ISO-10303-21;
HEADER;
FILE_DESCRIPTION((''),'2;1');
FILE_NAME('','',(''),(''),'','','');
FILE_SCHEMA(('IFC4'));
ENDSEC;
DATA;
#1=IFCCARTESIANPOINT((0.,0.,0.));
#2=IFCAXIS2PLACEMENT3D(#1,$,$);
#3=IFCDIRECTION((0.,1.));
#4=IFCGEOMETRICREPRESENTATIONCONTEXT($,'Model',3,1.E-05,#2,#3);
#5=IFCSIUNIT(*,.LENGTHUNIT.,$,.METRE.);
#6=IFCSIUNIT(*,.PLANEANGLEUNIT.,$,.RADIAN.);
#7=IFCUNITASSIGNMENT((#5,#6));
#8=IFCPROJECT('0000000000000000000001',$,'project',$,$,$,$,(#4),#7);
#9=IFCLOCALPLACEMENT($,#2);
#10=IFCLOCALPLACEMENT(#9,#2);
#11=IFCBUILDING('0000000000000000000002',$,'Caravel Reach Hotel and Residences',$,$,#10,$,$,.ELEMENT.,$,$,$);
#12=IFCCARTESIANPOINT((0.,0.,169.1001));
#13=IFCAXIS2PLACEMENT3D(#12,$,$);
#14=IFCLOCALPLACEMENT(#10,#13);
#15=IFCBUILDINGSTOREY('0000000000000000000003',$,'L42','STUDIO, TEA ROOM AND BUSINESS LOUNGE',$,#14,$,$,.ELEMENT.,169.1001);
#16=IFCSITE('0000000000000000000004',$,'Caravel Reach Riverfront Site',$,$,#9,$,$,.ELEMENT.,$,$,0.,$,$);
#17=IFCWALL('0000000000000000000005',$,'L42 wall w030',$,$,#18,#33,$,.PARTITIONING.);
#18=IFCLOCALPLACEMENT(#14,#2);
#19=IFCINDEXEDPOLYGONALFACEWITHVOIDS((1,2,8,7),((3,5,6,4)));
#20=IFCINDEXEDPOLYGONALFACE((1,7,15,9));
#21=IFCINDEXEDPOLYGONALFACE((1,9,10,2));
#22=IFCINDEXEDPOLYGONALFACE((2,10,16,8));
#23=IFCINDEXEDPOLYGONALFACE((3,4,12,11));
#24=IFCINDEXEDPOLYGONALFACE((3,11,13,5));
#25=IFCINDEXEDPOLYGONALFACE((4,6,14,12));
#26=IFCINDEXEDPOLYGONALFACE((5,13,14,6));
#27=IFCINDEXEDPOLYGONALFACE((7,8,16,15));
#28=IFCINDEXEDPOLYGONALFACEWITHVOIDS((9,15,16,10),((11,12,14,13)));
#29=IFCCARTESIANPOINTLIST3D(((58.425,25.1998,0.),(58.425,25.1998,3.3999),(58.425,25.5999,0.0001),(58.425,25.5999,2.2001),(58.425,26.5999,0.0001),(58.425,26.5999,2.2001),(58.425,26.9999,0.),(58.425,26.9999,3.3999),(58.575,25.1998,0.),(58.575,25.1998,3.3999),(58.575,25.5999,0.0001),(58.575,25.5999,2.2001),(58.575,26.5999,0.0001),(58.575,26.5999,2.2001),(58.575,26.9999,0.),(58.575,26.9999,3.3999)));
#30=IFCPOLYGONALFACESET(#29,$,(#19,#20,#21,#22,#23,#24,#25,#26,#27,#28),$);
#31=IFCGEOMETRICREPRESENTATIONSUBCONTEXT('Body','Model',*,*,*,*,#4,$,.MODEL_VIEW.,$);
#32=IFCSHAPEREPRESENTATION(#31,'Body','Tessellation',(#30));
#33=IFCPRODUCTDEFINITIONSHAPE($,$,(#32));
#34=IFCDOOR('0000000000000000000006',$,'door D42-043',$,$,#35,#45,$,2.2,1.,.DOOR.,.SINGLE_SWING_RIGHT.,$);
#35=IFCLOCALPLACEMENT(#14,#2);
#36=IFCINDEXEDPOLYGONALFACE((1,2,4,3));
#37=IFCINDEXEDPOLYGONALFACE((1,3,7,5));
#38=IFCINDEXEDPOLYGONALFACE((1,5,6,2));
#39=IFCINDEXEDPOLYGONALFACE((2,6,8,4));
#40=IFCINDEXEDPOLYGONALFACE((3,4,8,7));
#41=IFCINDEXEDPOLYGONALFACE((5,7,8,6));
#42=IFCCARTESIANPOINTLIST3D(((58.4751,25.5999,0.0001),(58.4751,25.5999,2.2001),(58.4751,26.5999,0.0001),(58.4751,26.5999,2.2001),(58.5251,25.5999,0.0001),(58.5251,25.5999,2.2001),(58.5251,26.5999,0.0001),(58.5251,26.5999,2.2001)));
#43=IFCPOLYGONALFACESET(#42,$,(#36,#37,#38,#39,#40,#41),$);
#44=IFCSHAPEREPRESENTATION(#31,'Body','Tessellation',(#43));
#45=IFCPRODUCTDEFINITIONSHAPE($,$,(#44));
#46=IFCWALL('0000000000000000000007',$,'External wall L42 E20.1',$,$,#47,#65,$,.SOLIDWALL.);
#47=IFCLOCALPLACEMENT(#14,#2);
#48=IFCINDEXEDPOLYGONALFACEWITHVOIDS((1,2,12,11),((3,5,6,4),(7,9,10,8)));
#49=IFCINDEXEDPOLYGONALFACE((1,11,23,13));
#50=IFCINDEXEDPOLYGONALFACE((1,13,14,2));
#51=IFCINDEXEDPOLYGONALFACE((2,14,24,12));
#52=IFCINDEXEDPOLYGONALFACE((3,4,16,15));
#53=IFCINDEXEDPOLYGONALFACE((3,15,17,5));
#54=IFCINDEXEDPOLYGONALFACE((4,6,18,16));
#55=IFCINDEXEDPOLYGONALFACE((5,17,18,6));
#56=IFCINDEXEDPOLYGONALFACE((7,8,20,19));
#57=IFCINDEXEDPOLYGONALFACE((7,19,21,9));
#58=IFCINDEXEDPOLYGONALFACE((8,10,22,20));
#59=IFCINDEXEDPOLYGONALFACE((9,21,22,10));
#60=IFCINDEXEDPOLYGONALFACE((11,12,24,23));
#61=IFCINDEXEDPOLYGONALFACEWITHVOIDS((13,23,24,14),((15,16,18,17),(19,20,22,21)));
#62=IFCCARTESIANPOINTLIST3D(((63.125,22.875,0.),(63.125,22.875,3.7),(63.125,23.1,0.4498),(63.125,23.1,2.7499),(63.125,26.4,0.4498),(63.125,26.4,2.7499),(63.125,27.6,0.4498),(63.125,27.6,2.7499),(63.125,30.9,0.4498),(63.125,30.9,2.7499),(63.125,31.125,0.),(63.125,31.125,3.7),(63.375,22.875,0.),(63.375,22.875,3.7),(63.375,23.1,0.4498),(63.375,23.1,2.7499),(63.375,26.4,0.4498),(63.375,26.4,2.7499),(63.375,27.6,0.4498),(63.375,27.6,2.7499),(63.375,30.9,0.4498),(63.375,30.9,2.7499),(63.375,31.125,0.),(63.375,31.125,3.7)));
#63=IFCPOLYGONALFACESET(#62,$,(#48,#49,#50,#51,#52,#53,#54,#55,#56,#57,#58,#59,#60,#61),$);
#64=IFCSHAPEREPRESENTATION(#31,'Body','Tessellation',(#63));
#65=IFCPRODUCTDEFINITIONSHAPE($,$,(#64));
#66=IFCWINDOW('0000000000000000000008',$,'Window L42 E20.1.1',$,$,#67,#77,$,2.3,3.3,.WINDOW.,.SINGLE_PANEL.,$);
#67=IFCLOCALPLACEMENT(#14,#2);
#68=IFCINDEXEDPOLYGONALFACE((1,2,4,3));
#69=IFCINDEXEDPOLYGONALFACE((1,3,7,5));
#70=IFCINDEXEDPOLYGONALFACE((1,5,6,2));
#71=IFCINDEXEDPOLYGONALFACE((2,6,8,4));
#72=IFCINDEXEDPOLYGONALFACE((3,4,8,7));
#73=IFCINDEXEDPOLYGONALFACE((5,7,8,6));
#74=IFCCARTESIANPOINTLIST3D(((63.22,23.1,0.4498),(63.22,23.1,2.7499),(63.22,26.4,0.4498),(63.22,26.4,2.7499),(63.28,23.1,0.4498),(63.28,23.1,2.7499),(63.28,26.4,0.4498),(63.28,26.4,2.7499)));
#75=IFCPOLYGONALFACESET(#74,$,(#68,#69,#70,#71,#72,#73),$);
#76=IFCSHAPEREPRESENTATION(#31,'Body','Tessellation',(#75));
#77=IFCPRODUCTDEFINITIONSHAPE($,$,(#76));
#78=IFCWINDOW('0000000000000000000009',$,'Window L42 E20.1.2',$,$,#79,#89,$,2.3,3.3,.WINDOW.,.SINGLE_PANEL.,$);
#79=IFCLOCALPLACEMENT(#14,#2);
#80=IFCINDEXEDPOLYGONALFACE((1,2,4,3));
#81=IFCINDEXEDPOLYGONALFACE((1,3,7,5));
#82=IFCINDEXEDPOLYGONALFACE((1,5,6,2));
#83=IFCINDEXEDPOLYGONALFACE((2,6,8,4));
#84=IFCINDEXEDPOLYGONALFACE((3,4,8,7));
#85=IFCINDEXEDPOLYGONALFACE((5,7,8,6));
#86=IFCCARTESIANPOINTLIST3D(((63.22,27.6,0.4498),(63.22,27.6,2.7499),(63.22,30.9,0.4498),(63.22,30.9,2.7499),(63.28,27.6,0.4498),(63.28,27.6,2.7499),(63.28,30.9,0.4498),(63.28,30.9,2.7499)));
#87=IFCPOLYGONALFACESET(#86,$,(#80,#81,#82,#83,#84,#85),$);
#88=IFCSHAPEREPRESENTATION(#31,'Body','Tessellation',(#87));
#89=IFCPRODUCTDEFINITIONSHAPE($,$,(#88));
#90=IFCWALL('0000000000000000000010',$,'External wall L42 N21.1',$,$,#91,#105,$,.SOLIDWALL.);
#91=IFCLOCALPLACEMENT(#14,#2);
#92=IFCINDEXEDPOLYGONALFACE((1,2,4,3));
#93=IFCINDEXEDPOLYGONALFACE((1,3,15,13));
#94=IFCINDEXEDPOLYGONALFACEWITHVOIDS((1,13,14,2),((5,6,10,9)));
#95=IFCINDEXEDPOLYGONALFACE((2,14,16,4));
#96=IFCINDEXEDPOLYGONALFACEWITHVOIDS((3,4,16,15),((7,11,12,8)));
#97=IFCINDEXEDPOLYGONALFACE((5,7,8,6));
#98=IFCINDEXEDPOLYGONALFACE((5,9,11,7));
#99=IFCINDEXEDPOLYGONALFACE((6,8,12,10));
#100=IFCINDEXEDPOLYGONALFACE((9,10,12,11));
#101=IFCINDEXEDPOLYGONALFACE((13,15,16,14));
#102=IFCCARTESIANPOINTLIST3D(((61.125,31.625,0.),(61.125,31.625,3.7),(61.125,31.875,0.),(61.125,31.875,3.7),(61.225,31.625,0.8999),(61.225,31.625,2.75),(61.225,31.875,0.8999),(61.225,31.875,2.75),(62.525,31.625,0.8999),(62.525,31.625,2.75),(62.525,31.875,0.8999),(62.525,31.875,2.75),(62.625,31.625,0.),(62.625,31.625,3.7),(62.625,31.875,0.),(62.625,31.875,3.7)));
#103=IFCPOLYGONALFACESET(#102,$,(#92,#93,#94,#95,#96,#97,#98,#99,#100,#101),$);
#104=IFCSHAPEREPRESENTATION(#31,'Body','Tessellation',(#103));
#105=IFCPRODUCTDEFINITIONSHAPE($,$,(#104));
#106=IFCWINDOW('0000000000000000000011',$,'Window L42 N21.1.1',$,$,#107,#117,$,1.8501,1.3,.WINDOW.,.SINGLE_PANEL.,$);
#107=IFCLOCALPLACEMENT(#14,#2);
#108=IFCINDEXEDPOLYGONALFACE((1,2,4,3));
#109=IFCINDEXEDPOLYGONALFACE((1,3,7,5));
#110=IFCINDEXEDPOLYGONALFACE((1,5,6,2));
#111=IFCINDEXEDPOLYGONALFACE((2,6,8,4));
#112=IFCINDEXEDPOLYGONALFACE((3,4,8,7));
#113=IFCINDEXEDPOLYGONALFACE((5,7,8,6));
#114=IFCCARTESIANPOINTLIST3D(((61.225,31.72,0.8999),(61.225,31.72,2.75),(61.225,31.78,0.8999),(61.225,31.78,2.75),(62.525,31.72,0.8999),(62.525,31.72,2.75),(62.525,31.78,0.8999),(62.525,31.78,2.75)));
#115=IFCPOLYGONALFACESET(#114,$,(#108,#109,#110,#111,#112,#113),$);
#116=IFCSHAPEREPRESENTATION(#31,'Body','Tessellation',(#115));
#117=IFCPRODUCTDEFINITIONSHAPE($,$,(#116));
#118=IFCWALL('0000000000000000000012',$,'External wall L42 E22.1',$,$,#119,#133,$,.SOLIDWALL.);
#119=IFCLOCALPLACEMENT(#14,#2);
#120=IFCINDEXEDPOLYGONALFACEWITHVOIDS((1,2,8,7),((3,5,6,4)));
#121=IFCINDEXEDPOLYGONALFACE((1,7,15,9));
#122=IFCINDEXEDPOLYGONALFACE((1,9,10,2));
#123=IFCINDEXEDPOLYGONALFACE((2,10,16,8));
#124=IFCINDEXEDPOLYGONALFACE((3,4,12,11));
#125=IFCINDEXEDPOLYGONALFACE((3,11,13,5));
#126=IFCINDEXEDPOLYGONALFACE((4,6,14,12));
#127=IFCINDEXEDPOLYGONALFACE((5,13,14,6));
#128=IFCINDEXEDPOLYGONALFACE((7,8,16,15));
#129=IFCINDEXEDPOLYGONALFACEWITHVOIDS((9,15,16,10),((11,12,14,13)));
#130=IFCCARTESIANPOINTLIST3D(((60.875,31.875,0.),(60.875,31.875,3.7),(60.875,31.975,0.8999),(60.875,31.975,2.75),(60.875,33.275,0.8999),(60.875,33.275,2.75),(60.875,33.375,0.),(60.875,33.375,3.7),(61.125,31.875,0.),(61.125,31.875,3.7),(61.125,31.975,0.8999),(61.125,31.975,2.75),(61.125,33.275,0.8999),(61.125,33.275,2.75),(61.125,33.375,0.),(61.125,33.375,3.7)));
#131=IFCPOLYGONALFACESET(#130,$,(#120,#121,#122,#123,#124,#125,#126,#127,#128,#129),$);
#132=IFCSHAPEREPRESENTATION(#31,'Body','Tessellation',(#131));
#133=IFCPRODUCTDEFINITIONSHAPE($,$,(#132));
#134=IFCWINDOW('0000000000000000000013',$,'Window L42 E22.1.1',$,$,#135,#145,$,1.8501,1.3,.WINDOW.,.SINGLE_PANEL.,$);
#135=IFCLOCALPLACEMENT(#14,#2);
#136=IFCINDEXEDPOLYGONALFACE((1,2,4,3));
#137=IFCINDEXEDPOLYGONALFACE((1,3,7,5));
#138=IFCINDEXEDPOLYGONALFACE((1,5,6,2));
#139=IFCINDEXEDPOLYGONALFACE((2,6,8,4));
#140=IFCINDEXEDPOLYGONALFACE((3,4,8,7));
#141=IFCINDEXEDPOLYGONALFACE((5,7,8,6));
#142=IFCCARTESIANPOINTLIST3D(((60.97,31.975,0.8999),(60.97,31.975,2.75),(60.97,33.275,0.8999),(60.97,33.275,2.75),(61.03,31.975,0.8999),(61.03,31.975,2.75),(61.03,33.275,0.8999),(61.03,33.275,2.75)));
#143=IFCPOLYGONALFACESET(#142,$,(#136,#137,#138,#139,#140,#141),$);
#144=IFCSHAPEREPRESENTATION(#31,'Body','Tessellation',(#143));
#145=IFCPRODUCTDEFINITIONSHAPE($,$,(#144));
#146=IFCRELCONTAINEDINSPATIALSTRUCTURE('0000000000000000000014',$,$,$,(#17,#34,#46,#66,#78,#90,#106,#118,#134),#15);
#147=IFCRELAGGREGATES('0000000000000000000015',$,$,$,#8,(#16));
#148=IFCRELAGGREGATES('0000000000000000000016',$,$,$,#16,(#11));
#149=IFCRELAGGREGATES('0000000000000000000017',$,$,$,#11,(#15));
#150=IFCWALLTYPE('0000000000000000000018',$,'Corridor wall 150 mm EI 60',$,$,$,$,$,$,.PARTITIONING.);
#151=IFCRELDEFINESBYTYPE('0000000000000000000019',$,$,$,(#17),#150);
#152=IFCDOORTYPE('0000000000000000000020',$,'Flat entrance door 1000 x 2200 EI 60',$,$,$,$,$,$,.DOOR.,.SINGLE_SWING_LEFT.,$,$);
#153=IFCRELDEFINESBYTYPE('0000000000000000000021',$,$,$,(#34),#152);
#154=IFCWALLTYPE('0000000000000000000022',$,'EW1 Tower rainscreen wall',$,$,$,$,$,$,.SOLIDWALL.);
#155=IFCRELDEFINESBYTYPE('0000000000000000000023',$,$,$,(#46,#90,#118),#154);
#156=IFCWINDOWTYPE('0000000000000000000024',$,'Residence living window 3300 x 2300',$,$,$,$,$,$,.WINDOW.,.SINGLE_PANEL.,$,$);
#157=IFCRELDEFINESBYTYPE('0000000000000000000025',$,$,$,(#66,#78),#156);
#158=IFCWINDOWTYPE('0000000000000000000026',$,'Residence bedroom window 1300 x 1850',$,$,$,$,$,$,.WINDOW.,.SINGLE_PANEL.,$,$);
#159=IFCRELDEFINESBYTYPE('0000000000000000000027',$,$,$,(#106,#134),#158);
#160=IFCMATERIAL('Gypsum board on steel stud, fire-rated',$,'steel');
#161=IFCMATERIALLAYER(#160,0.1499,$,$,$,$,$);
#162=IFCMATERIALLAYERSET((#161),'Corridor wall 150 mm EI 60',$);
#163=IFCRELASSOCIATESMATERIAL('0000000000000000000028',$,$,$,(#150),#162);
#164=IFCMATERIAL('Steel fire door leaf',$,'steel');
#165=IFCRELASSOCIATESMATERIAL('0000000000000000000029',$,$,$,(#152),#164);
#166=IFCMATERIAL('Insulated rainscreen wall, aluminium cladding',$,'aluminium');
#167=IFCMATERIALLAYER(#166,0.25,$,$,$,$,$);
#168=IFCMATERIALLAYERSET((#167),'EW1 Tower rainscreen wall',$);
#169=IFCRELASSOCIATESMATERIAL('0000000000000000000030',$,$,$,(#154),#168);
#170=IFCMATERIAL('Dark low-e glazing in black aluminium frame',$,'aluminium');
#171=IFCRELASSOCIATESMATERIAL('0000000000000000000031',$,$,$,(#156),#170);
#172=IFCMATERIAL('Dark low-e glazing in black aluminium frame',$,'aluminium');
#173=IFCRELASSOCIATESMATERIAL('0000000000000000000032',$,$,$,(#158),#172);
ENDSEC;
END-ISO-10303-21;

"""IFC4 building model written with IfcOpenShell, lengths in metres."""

from ifc_helpers import new_model, si_unit, direction, frame, frame_2d, origin, place, context, subcontext, project, spatial, rectangle, extrude, material, layer, layer_set, type_object, element, fill, save


model = new_model("IFC4")

# Units and contexts
model_context = context("Model", 3, precision=1e-05, world=origin(), true_north=direction((0.0, 1.0)))
body_context = subcontext(model_context, "Body", "Model", "MODEL_VIEW")
ifc_project = project(units=[si_unit("LENGTHUNIT", "METRE"), si_unit("PLANEANGLEUNIT", "RADIAN")], contexts=[model_context])

# Site, building, storey
site_placement = place(None, origin())
site = spatial("IfcSite", under=ifc_project, at=site_placement, Name="Caravel Reach Riverfront Site", CompositionType="ELEMENT", RefElevation=0.0)
building_placement = place(site_placement, origin())
building = spatial("IfcBuilding", under=site, at=building_placement, Name="Caravel Reach Hotel and Residences", CompositionType="ELEMENT")
storey_placement = place(building_placement, frame((0.0, 0.0, 169.1001)))
storey = spatial("IfcBuildingStorey", under=building, at=storey_placement, Name="L42", Description="STUDIO, TEA ROOM AND BUSINESS LOUNGE", CompositionType="ELEMENT", Elevation=169.1001)

# Wall, opening, door
ifc_material_1 = material(Name="Gypsum board on steel stud, fire-rated", Category="steel")
ifc_layer_1 = layer(ifc_material_1, 0.1499)
ifc_layer_set_1 = layer_set([ifc_layer_1], Name="Corridor wall 150 mm EI 60")
wall_type_1 = type_object("IfcWallType", Name="Corridor wall 150 mm EI 60", PredefinedType="PARTITIONING", material=ifc_layer_set_1)
wall_1_placement = place(storey_placement, frame((58.5, 25.2, 0.0), z_axis=(0.0, 0.0, 1.0), x_axis=(0.0, 1.0, 0.0)))
wall_1 = element("IfcWall", 1, at=wall_1_placement, inside=storey, type_object=wall_type_1, Name="L42 wall w030", PredefinedType="PARTITIONING", context=body_context, shape_type="SweptSolid", body=[
    extrude(rectangle(XDim=1.8, YDim=0.1499, at=frame_2d((0.8999, 0.0))), origin(), (0.0, 0.0, 1.0), 3.3999),
])
opening_1_placement = place(wall_1_placement, frame((0.3999, 0.0, 0.0)))
opening_1 = element("IfcOpeningElement", 2, at=opening_1_placement, cuts=wall_1, PredefinedType="OPENING", context=body_context, shape_type="SweptSolid", body=[
    extrude(rectangle(XDim=1.0, YDim=2.2, at=frame_2d((0.5, 1.1001))), frame((0.0, 0.085, 0.0), z_axis=(0.0, -1.0, 0.0), x_axis=(1.0, 0.0, 0.0)), (0.0, 0.0, 1.0), 0.1699),
])
ifc_material_2 = material(Name="Steel fire door leaf", Category="steel")
door_type_1 = type_object("IfcDoorType", Name="Flat entrance door 1000 x 2200 EI 60", OperationType="SINGLE_SWING_LEFT", PredefinedType="DOOR", material=ifc_material_2)
door_1_placement = place(opening_1_placement, origin())
door_1 = element("IfcDoor", 3, at=door_1_placement, inside=storey, type_object=door_type_1, Name="door D42-043", OperationType="SINGLE_SWING_RIGHT", OverallHeight=2.2, OverallWidth=1.0, PredefinedType="DOOR", context=body_context, shape_type="SweptSolid", body=[
    extrude(rectangle(XDim=1.0, YDim=2.2, at=frame_2d((0.5, 1.1001))), frame((0.0, 0.0249, 0.0), z_axis=(0.0, -1.0, 0.0), x_axis=(1.0, 0.0, 0.0)), (0.0, 0.0, 1.0), 0.05),
])
fill(opening_1, door_1)

# Wall, openings, windows
ifc_material_3 = material(Name="Insulated rainscreen wall, aluminium cladding", Category="aluminium")
ifc_layer_2 = layer(ifc_material_3, 0.25)
ifc_layer_set_2 = layer_set([ifc_layer_2], Name="EW1 Tower rainscreen wall")
wall_type_2 = type_object("IfcWallType", Name="EW1 Tower rainscreen wall", PredefinedType="SOLIDWALL", material=ifc_layer_set_2)
wall_2_placement = place(storey_placement, frame((63.25, 22.875, 0.0), z_axis=(0.0, 0.0, 1.0), x_axis=(0.0, 1.0, 0.0)))
wall_2 = element("IfcWall", 4, at=wall_2_placement, inside=storey, type_object=wall_type_2, Name="External wall L42 E20.1", PredefinedType="SOLIDWALL", context=body_context, shape_type="SweptSolid", body=[
    extrude(rectangle(XDim=8.25, YDim=0.25, at=frame_2d((4.125, 0.0))), origin(), (0.0, 0.0, 1.0), 3.7),
])
opening_2_placement = place(wall_2_placement, frame((0.2251, 0.0, 0.45)))
opening_2 = element("IfcOpeningElement", 5, at=opening_2_placement, cuts=wall_2, PredefinedType="OPENING", context=body_context, shape_type="SweptSolid", body=[
    extrude(rectangle(XDim=3.3, YDim=2.3, at=frame_2d((1.6499, 1.1499))), frame((0.0, 0.135, 0.0), z_axis=(0.0, -1.0, 0.0), x_axis=(1.0, 0.0, 0.0)), (0.0, 0.0, 1.0), 0.27),
])
opening_3_placement = place(wall_2_placement, frame((4.7251, 0.0, 0.45)))
opening_3 = element("IfcOpeningElement", 6, at=opening_3_placement, cuts=wall_2, PredefinedType="OPENING", context=body_context, shape_type="SweptSolid", body=[
    extrude(rectangle(XDim=3.3, YDim=2.3, at=frame_2d((1.6499, 1.1499))), frame((0.0, 0.135, 0.0), z_axis=(0.0, -1.0, 0.0), x_axis=(1.0, 0.0, 0.0)), (0.0, 0.0, 1.0), 0.27),
])
ifc_material_4 = material(Name="Dark low-e glazing in black aluminium frame", Category="aluminium")
window_type_1 = type_object("IfcWindowType", Name="Residence living window 3300 x 2300", PartitioningType="SINGLE_PANEL", PredefinedType="WINDOW", material=ifc_material_4)
window_1_placement = place(opening_2_placement, origin())
window_1 = element("IfcWindow", 7, at=window_1_placement, inside=storey, type_object=window_type_1, Name="Window L42 E20.1.1", OverallHeight=2.3, OverallWidth=3.3, PartitioningType="SINGLE_PANEL", PredefinedType="WINDOW", context=body_context, shape_type="SweptSolid", body=[
    extrude(rectangle(XDim=3.3, YDim=2.3, at=frame_2d((1.6499, 1.1499))), frame((0.0, 0.03, 0.0), z_axis=(0.0, -1.0, 0.0), x_axis=(1.0, 0.0, 0.0)), (0.0, 0.0, 1.0), 0.0601),
])
fill(opening_2, window_1)
window_2_placement = place(opening_3_placement, origin())
window_2 = element("IfcWindow", 8, at=window_2_placement, inside=storey, type_object=window_type_1, Name="Window L42 E20.1.2", OverallHeight=2.3, OverallWidth=3.3, PartitioningType="SINGLE_PANEL", PredefinedType="WINDOW", context=body_context, shape_type="SweptSolid", body=[
    extrude(rectangle(XDim=3.3, YDim=2.3, at=frame_2d((1.6499, 1.1499))), frame((0.0, 0.03, 0.0), z_axis=(0.0, -1.0, 0.0), x_axis=(1.0, 0.0, 0.0)), (0.0, 0.0, 1.0), 0.0601),
])
fill(opening_3, window_2)

# Walls, openings, windows
wall_3_placement = place(storey_placement, frame((62.625, 31.75, 0.0), z_axis=(0.0, 0.0, 1.0), x_axis=(-1.0, 0.0, 0.0)))
wall_3 = element("IfcWall", 9, at=wall_3_placement, inside=storey, type_object=wall_type_2, Name="External wall L42 N21.1", PredefinedType="SOLIDWALL", context=body_context, shape_type="SweptSolid", body=[
    extrude(rectangle(XDim=1.5, YDim=0.25, at=frame_2d((0.75, 0.0))), origin(), (0.0, 0.0, 1.0), 3.7),
])
opening_4_placement = place(wall_3_placement, frame((0.1001, 0.0, 0.8999)))
opening_4 = element("IfcOpeningElement", 10, at=opening_4_placement, cuts=wall_3, PredefinedType="OPENING", context=body_context, shape_type="SweptSolid", body=[
    extrude(rectangle(XDim=1.3, YDim=1.8501, at=frame_2d((0.6499, 0.925))), frame((0.0, 0.135, 0.0), z_axis=(0.0, -1.0, 0.0), x_axis=(1.0, 0.0, 0.0)), (0.0, 0.0, 1.0), 0.27),
])
ifc_material_5 = material(Name="Dark low-e glazing in black aluminium frame", Category="aluminium")
window_type_2 = type_object("IfcWindowType", Name="Residence bedroom window 1300 x 1850", PartitioningType="SINGLE_PANEL", PredefinedType="WINDOW", material=ifc_material_5)
window_3_placement = place(opening_4_placement, origin())
window_3 = element("IfcWindow", 11, at=window_3_placement, inside=storey, type_object=window_type_2, Name="Window L42 N21.1.1", OverallHeight=1.8501, OverallWidth=1.3, PartitioningType="SINGLE_PANEL", PredefinedType="WINDOW", context=body_context, shape_type="SweptSolid", body=[
    extrude(rectangle(XDim=1.3, YDim=1.8501, at=frame_2d((0.6499, 0.925))), frame((0.0, 0.03, 0.0), z_axis=(0.0, -1.0, 0.0), x_axis=(1.0, 0.0, 0.0)), (0.0, 0.0, 1.0), 0.0601),
])
fill(opening_4, window_3)
wall_4_placement = place(storey_placement, frame((61.0, 31.875, 0.0), z_axis=(0.0, 0.0, 1.0), x_axis=(0.0, 1.0, 0.0)))
wall_4 = element("IfcWall", 12, at=wall_4_placement, inside=storey, type_object=wall_type_2, Name="External wall L42 E22.1", PredefinedType="SOLIDWALL", context=body_context, shape_type="SweptSolid", body=[
    extrude(rectangle(XDim=1.5, YDim=0.25, at=frame_2d((0.75, 0.0))), origin(), (0.0, 0.0, 1.0), 3.7),
])
opening_5_placement = place(wall_4_placement, frame((0.1001, 0.0, 0.8999)))
opening_5 = element("IfcOpeningElement", 13, at=opening_5_placement, cuts=wall_4, PredefinedType="OPENING", context=body_context, shape_type="SweptSolid", body=[
    extrude(rectangle(XDim=1.3, YDim=1.8501, at=frame_2d((0.6499, 0.925))), frame((0.0, 0.135, 0.0), z_axis=(0.0, -1.0, 0.0), x_axis=(1.0, 0.0, 0.0)), (0.0, 0.0, 1.0), 0.27),
])
window_4_placement = place(opening_5_placement, origin())
window_4 = element("IfcWindow", 14, at=window_4_placement, inside=storey, type_object=window_type_2, Name="Window L42 E22.1.1", OverallHeight=1.8501, OverallWidth=1.3, PartitioningType="SINGLE_PANEL", PredefinedType="WINDOW", context=body_context, shape_type="SweptSolid", body=[
    extrude(rectangle(XDim=1.3, YDim=1.8501, at=frame_2d((0.6499, 0.925))), frame((0.0, 0.03, 0.0), z_axis=(0.0, -1.0, 0.0), x_axis=(1.0, 0.0, 0.0)), (0.0, 0.0, 1.0), 0.0601),
])
fill(opening_5, window_4)

save(model, "model.ifc")
